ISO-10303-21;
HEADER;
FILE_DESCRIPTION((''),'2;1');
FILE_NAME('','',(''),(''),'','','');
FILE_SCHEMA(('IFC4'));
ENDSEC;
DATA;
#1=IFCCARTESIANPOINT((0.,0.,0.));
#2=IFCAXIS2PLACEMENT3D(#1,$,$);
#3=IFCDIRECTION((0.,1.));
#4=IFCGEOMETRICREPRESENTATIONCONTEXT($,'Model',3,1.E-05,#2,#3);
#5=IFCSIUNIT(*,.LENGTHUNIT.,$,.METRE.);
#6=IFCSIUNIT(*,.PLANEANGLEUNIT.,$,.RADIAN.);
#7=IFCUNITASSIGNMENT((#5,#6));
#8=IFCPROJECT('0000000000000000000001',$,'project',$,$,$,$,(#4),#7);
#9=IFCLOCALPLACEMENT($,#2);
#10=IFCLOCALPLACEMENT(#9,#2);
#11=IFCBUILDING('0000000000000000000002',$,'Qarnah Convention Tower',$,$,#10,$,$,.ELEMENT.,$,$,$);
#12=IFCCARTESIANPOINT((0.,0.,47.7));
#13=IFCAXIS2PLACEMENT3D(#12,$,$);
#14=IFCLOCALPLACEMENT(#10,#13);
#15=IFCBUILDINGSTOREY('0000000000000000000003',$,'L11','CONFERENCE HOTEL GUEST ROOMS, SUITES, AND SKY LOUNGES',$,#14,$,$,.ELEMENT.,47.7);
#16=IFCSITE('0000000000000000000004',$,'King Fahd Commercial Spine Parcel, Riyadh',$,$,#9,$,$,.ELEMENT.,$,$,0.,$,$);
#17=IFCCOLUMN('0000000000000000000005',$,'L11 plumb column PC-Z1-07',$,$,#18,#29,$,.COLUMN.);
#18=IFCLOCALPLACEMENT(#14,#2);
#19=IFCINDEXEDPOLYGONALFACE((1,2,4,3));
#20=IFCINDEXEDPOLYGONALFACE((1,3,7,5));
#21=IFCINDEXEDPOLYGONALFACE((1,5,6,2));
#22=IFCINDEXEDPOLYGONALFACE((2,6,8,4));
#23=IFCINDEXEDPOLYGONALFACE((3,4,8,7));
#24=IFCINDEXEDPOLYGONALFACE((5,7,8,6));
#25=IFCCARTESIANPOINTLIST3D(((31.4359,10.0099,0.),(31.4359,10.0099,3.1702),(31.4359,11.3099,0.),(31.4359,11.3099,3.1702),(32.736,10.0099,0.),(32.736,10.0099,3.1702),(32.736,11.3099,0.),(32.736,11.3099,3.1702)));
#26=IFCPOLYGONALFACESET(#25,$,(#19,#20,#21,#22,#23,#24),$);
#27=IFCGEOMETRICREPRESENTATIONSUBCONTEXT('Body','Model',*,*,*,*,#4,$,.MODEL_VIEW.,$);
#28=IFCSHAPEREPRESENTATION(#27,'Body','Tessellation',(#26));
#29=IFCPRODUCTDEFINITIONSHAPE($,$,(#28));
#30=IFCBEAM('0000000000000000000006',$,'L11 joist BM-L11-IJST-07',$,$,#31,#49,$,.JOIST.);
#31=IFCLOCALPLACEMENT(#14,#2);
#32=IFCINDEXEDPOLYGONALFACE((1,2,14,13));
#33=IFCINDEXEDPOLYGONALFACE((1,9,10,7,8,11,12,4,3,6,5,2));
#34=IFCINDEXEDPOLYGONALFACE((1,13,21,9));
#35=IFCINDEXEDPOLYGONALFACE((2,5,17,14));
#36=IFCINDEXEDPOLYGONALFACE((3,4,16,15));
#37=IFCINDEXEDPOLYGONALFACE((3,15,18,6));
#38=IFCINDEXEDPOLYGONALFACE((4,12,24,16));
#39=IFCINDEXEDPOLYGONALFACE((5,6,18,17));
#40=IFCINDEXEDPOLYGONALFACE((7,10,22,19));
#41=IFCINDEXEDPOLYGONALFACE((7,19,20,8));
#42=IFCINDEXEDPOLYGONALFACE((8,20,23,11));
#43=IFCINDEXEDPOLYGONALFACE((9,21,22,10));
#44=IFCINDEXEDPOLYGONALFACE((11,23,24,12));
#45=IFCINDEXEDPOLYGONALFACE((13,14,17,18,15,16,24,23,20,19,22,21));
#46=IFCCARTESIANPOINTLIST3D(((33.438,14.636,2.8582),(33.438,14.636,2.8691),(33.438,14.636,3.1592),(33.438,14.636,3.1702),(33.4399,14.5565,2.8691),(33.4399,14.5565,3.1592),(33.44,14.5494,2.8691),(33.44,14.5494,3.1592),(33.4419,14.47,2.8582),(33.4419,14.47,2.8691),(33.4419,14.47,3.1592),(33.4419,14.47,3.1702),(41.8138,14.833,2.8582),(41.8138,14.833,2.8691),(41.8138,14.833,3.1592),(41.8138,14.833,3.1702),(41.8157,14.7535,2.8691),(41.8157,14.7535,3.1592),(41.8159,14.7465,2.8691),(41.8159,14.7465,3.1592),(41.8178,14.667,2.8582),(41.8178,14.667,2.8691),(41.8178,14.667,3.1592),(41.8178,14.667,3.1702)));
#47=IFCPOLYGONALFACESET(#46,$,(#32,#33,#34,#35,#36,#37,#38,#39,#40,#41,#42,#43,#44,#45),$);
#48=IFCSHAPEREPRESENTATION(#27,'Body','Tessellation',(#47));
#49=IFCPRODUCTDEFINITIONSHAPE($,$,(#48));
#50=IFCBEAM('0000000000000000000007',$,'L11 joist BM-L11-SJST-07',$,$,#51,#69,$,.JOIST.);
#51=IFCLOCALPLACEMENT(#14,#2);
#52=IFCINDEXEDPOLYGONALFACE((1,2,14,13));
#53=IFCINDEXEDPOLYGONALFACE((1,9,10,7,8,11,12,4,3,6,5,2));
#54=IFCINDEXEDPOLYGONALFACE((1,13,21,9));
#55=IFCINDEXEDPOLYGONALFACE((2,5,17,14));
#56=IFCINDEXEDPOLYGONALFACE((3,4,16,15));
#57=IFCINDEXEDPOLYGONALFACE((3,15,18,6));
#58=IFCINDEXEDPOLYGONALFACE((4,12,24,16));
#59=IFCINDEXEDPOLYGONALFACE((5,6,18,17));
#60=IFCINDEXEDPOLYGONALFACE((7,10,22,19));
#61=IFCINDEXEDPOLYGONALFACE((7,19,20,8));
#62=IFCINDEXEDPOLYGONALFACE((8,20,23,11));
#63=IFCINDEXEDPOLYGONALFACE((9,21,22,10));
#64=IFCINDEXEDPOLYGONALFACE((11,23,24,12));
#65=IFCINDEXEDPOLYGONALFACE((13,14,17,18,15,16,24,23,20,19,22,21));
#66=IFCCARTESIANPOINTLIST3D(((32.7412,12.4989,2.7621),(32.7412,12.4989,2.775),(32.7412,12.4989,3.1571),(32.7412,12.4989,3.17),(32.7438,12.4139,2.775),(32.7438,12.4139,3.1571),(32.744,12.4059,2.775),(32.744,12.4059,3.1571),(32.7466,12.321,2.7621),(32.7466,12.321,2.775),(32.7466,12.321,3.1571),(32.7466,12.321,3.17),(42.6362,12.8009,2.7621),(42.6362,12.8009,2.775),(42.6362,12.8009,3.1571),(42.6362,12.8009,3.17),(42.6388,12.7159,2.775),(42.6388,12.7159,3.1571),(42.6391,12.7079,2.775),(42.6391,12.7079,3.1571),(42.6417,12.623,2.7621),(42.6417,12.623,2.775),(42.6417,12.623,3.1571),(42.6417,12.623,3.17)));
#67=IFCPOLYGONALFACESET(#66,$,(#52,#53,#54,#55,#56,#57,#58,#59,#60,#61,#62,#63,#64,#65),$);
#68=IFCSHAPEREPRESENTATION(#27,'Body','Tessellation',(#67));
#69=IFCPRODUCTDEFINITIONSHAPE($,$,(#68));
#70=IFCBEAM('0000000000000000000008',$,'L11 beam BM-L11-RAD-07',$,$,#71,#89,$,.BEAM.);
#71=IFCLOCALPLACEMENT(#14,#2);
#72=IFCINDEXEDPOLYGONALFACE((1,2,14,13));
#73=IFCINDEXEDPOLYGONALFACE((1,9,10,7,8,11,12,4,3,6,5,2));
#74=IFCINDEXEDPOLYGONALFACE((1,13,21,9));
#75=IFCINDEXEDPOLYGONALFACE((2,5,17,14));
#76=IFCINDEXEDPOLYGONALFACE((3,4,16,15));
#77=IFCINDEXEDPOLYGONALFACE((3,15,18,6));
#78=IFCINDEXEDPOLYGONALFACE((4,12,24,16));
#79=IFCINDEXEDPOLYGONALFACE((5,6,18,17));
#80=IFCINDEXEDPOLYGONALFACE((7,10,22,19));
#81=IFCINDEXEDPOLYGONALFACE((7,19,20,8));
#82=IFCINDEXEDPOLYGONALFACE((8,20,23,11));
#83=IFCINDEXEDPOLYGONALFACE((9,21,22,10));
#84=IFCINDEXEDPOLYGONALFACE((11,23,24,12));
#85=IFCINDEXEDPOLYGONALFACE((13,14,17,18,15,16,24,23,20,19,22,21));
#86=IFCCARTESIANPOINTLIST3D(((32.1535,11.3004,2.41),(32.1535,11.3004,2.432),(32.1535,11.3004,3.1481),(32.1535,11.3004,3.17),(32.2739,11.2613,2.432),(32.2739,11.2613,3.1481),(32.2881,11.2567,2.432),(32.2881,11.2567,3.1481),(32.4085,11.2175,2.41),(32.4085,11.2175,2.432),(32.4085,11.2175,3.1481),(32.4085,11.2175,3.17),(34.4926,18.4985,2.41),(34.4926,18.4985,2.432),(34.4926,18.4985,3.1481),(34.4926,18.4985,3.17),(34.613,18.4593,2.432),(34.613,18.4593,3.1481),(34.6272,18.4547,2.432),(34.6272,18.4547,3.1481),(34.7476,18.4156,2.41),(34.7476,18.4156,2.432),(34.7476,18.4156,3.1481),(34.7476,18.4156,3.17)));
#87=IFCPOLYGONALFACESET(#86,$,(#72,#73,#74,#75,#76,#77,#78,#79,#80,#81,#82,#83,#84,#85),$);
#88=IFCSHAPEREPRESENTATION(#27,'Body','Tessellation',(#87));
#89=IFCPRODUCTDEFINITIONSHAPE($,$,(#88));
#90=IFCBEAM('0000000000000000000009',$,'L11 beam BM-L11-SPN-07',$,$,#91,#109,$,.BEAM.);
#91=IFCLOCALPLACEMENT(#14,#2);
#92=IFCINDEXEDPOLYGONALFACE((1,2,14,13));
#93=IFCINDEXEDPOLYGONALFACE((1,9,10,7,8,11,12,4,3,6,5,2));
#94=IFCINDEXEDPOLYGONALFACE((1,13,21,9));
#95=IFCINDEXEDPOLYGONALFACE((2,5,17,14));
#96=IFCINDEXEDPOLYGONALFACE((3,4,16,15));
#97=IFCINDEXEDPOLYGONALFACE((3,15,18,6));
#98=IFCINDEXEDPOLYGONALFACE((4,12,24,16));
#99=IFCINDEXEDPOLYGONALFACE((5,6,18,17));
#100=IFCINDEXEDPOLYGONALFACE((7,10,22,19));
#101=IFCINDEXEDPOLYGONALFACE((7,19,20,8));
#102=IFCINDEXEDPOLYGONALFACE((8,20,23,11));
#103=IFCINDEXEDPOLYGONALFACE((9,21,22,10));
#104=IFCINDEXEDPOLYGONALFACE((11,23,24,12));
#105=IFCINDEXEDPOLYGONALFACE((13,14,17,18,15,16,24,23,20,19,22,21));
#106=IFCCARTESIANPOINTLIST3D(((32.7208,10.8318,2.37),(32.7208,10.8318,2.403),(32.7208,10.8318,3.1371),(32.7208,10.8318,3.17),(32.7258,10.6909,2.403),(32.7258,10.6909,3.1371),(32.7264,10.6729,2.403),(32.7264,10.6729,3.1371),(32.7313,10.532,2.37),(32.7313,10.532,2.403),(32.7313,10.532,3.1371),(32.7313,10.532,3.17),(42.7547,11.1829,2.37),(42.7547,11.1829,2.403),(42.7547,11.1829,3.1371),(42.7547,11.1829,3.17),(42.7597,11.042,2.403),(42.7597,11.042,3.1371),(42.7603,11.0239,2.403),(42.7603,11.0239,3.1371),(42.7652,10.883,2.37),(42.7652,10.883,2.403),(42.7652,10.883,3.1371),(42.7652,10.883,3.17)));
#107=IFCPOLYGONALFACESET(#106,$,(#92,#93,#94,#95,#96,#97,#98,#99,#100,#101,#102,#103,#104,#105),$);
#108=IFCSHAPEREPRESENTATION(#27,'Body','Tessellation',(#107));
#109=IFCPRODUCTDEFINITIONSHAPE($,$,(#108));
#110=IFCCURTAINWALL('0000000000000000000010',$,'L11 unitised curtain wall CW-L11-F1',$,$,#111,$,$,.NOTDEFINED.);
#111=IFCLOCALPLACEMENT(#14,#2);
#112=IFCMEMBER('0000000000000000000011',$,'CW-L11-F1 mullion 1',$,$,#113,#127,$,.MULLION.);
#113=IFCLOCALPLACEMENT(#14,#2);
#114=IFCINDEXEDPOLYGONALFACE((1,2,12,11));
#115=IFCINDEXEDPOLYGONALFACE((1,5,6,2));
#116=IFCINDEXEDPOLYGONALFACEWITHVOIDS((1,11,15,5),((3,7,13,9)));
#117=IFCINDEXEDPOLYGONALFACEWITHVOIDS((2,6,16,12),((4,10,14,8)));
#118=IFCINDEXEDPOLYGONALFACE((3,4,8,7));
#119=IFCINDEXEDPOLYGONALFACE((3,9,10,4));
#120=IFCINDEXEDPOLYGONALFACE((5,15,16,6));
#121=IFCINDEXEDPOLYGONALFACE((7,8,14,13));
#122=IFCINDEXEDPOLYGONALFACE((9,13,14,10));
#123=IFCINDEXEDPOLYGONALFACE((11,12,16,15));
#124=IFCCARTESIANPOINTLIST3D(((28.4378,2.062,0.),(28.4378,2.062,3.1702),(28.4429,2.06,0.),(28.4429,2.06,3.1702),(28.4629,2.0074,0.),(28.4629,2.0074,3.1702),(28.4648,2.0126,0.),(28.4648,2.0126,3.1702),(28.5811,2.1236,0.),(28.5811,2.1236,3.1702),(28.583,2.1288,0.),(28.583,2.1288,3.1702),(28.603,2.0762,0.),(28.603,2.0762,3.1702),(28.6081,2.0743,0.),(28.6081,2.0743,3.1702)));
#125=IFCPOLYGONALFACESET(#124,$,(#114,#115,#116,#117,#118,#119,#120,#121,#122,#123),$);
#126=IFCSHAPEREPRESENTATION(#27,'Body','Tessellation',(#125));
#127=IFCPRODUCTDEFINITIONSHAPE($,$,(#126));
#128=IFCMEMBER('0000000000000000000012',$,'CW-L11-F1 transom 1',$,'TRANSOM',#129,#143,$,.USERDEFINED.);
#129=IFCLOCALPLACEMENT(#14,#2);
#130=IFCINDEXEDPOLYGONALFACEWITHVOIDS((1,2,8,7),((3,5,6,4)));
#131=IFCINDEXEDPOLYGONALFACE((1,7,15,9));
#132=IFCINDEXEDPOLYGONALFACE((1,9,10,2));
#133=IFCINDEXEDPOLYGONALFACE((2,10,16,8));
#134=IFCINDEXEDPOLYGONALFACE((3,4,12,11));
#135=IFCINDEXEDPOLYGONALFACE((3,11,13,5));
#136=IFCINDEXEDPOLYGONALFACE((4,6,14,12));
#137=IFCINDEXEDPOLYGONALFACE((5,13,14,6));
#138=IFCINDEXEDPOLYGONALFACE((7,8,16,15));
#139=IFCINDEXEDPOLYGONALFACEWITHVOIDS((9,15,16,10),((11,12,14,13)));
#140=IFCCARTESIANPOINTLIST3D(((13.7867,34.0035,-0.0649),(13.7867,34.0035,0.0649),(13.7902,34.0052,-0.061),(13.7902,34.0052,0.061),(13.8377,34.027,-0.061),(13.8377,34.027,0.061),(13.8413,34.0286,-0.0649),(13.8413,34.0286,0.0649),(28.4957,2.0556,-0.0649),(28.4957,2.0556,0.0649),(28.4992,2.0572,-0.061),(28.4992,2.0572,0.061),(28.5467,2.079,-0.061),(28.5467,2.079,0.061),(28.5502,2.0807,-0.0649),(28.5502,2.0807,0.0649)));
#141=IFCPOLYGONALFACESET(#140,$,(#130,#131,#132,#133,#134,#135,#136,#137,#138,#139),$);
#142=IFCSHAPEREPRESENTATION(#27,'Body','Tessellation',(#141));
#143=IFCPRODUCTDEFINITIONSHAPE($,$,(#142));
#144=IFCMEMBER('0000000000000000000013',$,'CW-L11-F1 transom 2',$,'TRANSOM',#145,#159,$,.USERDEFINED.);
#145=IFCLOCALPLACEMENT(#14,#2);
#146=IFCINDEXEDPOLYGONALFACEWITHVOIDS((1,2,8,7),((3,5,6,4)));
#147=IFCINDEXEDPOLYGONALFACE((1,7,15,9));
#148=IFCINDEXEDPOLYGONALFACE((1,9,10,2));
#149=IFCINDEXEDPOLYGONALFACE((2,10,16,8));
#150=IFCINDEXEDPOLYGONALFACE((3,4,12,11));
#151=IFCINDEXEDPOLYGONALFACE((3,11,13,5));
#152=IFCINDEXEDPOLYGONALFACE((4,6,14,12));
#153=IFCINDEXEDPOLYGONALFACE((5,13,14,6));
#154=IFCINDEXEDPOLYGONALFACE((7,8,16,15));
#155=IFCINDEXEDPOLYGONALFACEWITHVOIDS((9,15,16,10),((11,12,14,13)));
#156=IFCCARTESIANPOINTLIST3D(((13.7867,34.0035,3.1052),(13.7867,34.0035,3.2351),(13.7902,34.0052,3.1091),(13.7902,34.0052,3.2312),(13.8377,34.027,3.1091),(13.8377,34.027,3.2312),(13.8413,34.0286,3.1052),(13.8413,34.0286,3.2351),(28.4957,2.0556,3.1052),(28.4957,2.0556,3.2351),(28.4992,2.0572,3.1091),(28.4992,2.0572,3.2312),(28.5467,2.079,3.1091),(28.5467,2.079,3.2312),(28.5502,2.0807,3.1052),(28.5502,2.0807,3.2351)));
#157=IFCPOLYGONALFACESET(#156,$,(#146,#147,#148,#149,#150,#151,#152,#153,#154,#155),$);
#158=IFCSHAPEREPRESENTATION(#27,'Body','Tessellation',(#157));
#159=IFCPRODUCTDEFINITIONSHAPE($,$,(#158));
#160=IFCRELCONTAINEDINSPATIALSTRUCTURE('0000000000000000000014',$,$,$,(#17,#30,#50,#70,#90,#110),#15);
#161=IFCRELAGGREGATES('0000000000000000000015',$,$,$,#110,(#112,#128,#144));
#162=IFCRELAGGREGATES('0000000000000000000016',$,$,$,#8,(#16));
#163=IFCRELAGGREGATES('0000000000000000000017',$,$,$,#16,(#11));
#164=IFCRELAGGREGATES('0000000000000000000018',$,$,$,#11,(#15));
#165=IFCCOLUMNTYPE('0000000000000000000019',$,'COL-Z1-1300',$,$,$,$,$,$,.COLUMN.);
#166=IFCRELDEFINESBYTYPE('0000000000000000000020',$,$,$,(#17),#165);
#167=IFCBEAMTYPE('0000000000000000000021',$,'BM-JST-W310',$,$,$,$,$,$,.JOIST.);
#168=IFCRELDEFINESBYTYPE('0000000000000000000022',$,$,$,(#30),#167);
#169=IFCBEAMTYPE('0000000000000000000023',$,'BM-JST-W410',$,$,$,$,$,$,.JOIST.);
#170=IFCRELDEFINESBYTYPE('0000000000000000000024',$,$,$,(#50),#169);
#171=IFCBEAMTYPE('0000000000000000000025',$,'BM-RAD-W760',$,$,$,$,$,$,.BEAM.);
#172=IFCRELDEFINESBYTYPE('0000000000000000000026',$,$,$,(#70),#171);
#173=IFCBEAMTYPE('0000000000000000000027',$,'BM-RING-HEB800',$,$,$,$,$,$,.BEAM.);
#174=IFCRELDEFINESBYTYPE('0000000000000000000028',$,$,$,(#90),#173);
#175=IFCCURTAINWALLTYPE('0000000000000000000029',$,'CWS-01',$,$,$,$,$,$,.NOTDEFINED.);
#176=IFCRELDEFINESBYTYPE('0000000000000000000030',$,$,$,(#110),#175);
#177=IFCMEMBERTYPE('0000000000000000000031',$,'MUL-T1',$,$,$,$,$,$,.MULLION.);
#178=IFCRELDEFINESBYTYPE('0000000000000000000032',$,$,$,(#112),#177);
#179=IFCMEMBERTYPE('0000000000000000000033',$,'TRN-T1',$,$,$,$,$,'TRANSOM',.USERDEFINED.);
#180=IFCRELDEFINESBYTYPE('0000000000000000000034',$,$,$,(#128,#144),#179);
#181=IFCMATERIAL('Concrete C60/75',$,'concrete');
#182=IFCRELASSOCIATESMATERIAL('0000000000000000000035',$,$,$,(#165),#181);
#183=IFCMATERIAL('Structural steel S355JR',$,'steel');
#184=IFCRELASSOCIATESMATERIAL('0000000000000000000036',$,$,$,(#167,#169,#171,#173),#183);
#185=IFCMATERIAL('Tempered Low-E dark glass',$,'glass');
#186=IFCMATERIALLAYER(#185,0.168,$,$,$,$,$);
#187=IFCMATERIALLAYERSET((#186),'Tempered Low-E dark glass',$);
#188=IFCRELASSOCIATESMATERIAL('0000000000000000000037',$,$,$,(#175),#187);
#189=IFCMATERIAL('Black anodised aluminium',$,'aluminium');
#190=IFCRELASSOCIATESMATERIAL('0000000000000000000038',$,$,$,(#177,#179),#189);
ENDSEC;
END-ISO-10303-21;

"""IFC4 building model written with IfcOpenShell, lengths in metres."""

from ifc_helpers import new_model, si_unit, direction, frame, origin, origin_2d, place, context, subcontext, project, spatial, rectangle, hollow_rectangle, i_section, extrude, material, layer, layer_set, material_profile, profile_set, type_object, element, aggregate, save


model = new_model("IFC4")

# Units and contexts
model_context = context("Model", 3, precision=1e-05, world=origin(), true_north=direction((0.0, 1.0)))
body_context = subcontext(model_context, "Body", "Model", "MODEL_VIEW")
ifc_project = project(units=[si_unit("LENGTHUNIT", "METRE"), si_unit("PLANEANGLEUNIT", "RADIAN")], contexts=[model_context])

# Site, building, storey
site_placement = place(None, origin())
site = spatial("IfcSite", under=ifc_project, at=site_placement, Name="King Fahd Commercial Spine Parcel, Riyadh", CompositionType="ELEMENT", RefElevation=0.0)
building_placement = place(site_placement, origin())
building = spatial("IfcBuilding", under=site, at=building_placement, Name="Qarnah Convention Tower", CompositionType="ELEMENT")
storey_placement = place(building_placement, frame((0.0, 0.0, 47.7)))
storey = spatial("IfcBuildingStorey", under=building, at=storey_placement, Name="L11", Description="CONFERENCE HOTEL GUEST ROOMS, SUITES, AND SKY LOUNGES", CompositionType="ELEMENT", Elevation=47.7)

# Column
ifc_material_1 = material(Name="Concrete C60/75", Category="concrete")
ifc_material_profile_1 = material_profile(ifc_material_1, rectangle(XDim=1.3, YDim=1.3, at=origin_2d()), Name="RC-COL-1300X1300")
ifc_profile_set_1 = profile_set([ifc_material_profile_1], Name="Concrete C60/75")
column_type = type_object("IfcColumnType", Name="COL-Z1-1300", PredefinedType="COLUMN", material=ifc_profile_set_1)
column_placement = place(storey_placement, frame((32.0859, 10.6599, 0.0), z_axis=(0.0, 0.0, 1.0), x_axis=(1.0, 0.0, 0.0)))
element("IfcColumn", 1, at=column_placement, inside=storey, type_object=column_type, Name="L11 plumb column PC-Z1-07", PredefinedType="COLUMN", context=body_context, shape_type="SweptSolid", body=[
    extrude(rectangle(XDim=1.3, YDim=1.3, at=origin_2d()), origin(), (0.0, 0.0, 1.0), 3.1702),
])

# Beams
ifc_material_2 = material(Name="Structural steel S355JR", Category="steel")
ifc_material_profile_2 = material_profile(ifc_material_2, i_section(OverallWidth=0.166, OverallDepth=0.312, WebThickness=0.0071, FlangeThickness=0.011, at=origin_2d()), Name="W310X45")
ifc_profile_set_2 = profile_set([ifc_material_profile_2], Name="Structural steel S355JR")
beam_type_1 = type_object("IfcBeamType", Name="BM-JST-W310", PredefinedType="JOIST", material=ifc_profile_set_2)
beam_1_placement = place(storey_placement, frame((33.4399, 14.553, 3.0142), z_axis=(0.999723, 0.023516, 0.0), x_axis=(-0.023516, 0.999723, 0.0)))
element("IfcBeam", 2, at=beam_1_placement, inside=storey, type_object=beam_type_1, Name="L11 joist BM-L11-IJST-07", PredefinedType="JOIST", context=body_context, shape_type="SweptSolid", body=[
    extrude(i_section(OverallWidth=0.166, OverallDepth=0.312, WebThickness=0.0071, FlangeThickness=0.011, at=origin_2d()), origin(), (0.0, 0.0, 1.0), 8.3782),
])
ifc_material_profile_3 = material_profile(ifc_material_2, i_section(OverallWidth=0.178, OverallDepth=0.408, WebThickness=0.0081, FlangeThickness=0.0129, at=origin_2d()), Name="W410X60")
ifc_profile_set_3 = profile_set([ifc_material_profile_3], Name="Structural steel S355JR")
beam_type_2 = type_object("IfcBeamType", Name="BM-JST-W410", PredefinedType="JOIST", material=ifc_profile_set_3)
beam_2_placement = place(storey_placement, frame((32.7439, 12.4099, 2.9661), z_axis=(0.999535, 0.030506, 0.0), x_axis=(-0.030506, 0.999535, 0.0)))
element("IfcBeam", 3, at=beam_2_placement, inside=storey, type_object=beam_type_2, Name="L11 joist BM-L11-SJST-07", PredefinedType="JOIST", context=body_context, shape_type="SweptSolid", body=[
    extrude(i_section(OverallWidth=0.178, OverallDepth=0.408, WebThickness=0.0081, FlangeThickness=0.0129, at=origin_2d()), origin(), (0.0, 0.0, 1.0), 9.8997),
])
ifc_material_profile_4 = material_profile(ifc_material_2, i_section(OverallWidth=0.2681, OverallDepth=0.76, WebThickness=0.0149, FlangeThickness=0.022, at=origin_2d()), Name="W760X185")
ifc_profile_set_4 = profile_set([ifc_material_profile_4], Name="Structural steel S355JR")
beam_type_3 = type_object("IfcBeamType", Name="BM-RAD-W760", PredefinedType="BEAM", material=ifc_profile_set_4)
beam_3_placement = place(storey_placement, frame((34.6201, 18.457, 2.79), z_axis=(-0.309058, -0.951043, 0.0), x_axis=(0.951043, -0.309058, 0.0)))
element("IfcBeam", 4, at=beam_3_placement, inside=storey, type_object=beam_type_3, Name="L11 beam BM-L11-RAD-07", PredefinedType="BEAM", context=body_context, shape_type="SweptSolid", body=[
    extrude(i_section(OverallWidth=0.2681, OverallDepth=0.76, WebThickness=0.0149, FlangeThickness=0.022, at=origin_2d()), origin(), (0.0, 0.0, 1.0), 7.5686),
])
ifc_material_profile_5 = material_profile(ifc_material_2, i_section(OverallWidth=0.3, OverallDepth=0.8, WebThickness=0.0181, FlangeThickness=0.033, at=origin_2d()), Name="HEB800")
ifc_profile_set_5 = profile_set([ifc_material_profile_5], Name="Structural steel S355JR")
beam_type_4 = type_object("IfcBeamType", Name="BM-RING-HEB800", PredefinedType="BEAM", material=ifc_profile_set_5)
beam_4_placement = place(storey_placement, frame((32.7261, 10.6819, 2.77), z_axis=(0.999388, 0.034967, 0.0), x_axis=(-0.034967, 0.999388, 0.0)))
element("IfcBeam", 5, at=beam_4_placement, inside=storey, type_object=beam_type_4, Name="L11 beam BM-L11-SPN-07", PredefinedType="BEAM", context=body_context, shape_type="SweptSolid", body=[
    extrude(i_section(OverallWidth=0.3, OverallDepth=0.8, WebThickness=0.0181, FlangeThickness=0.033, at=origin_2d()), origin(), (0.0, 0.0, 1.0), 10.04),
])

# Curtain wall, members
ifc_material_3 = material(Name="Tempered Low-E dark glass", Category="glass")
ifc_layer_1 = layer(ifc_material_3, 0.168)
ifc_layer_set_1 = layer_set([ifc_layer_1], Name="Tempered Low-E dark glass")
curtain_wall_type = type_object("IfcCurtainWallType", Name="CWS-01", PredefinedType="NOTDEFINED", material=ifc_layer_set_1)
curtain_wall_placement = place(storey_placement, origin())
curtain_wall = element("IfcCurtainWall", 6, at=curtain_wall_placement, inside=storey, type_object=curtain_wall_type, Name="L11 unitised curtain wall CW-L11-F1", PredefinedType="NOTDEFINED")
ifc_material_4 = material(Name="Black anodised aluminium", Category="aluminium")
ifc_material_profile_6 = material_profile(ifc_material_4, hollow_rectangle(XDim=0.0601, YDim=0.1599, WallThickness=0.0039, at=origin_2d()), Name="MUL-60X160")
ifc_profile_set_6 = profile_set([ifc_material_profile_6], Name="Black anodised aluminium")
member_type_1 = type_object("IfcMemberType", Name="MUL-T1", PredefinedType="MULLION", material=ifc_profile_set_6)
member_1_placement = place(storey_placement, frame((28.5229, 2.0681, 0.0), z_axis=(0.0, 0.0, 1.0), x_axis=(-0.418209, 0.908351, 0.0)))
member_1 = element("IfcMember", 7, at=member_1_placement, type_object=member_type_1, Name="CW-L11-F1 mullion 1", PredefinedType="MULLION", context=body_context, shape_type="SweptSolid", body=[
    extrude(hollow_rectangle(XDim=0.0601, YDim=0.1599, WallThickness=0.0039, at=origin_2d()), origin(), (0.0, 0.0, 1.0), 3.1702),
])
ifc_material_profile_7 = material_profile(ifc_material_4, hollow_rectangle(XDim=0.0601, YDim=0.1299, WallThickness=0.0039, at=origin_2d()), Name="TRN-60X130")
ifc_profile_set_7 = profile_set([ifc_material_profile_7], Name="Black anodised aluminium")
member_type_2 = type_object("IfcMemberType", Name="TRN-T1", ElementType="TRANSOM", PredefinedType="USERDEFINED", material=ifc_profile_set_7)
member_2_placement = place(storey_placement, frame((28.5229, 2.0681, 0.0), z_axis=(-0.418208, 0.908351, 0.0), x_axis=(-0.908351, -0.418208, 0.0)))
member_2 = element("IfcMember", 8, at=member_2_placement, type_object=member_type_2, Name="CW-L11-F1 transom 1", ObjectType="TRANSOM", PredefinedType="USERDEFINED", context=body_context, shape_type="SweptSolid", body=[
    extrude(hollow_rectangle(XDim=0.0601, YDim=0.1299, WallThickness=0.0039, at=origin_2d()), origin(), (0.0, 0.0, 1.0), 35.1714),
])
member_3_placement = place(storey_placement, frame((28.5229, 2.0681, 3.1702), z_axis=(-0.418208, 0.908351, 0.0), x_axis=(-0.908351, -0.418208, 0.0)))
member_3 = element("IfcMember", 9, at=member_3_placement, type_object=member_type_2, Name="CW-L11-F1 transom 2", ObjectType="TRANSOM", PredefinedType="USERDEFINED", context=body_context, shape_type="SweptSolid", body=[
    extrude(hollow_rectangle(XDim=0.0601, YDim=0.1299, WallThickness=0.0039, at=origin_2d()), origin(), (0.0, 0.0, 1.0), 35.1714),
])
aggregate(curtain_wall, [member_1, member_2, member_3])

save(model, "model.ifc")
